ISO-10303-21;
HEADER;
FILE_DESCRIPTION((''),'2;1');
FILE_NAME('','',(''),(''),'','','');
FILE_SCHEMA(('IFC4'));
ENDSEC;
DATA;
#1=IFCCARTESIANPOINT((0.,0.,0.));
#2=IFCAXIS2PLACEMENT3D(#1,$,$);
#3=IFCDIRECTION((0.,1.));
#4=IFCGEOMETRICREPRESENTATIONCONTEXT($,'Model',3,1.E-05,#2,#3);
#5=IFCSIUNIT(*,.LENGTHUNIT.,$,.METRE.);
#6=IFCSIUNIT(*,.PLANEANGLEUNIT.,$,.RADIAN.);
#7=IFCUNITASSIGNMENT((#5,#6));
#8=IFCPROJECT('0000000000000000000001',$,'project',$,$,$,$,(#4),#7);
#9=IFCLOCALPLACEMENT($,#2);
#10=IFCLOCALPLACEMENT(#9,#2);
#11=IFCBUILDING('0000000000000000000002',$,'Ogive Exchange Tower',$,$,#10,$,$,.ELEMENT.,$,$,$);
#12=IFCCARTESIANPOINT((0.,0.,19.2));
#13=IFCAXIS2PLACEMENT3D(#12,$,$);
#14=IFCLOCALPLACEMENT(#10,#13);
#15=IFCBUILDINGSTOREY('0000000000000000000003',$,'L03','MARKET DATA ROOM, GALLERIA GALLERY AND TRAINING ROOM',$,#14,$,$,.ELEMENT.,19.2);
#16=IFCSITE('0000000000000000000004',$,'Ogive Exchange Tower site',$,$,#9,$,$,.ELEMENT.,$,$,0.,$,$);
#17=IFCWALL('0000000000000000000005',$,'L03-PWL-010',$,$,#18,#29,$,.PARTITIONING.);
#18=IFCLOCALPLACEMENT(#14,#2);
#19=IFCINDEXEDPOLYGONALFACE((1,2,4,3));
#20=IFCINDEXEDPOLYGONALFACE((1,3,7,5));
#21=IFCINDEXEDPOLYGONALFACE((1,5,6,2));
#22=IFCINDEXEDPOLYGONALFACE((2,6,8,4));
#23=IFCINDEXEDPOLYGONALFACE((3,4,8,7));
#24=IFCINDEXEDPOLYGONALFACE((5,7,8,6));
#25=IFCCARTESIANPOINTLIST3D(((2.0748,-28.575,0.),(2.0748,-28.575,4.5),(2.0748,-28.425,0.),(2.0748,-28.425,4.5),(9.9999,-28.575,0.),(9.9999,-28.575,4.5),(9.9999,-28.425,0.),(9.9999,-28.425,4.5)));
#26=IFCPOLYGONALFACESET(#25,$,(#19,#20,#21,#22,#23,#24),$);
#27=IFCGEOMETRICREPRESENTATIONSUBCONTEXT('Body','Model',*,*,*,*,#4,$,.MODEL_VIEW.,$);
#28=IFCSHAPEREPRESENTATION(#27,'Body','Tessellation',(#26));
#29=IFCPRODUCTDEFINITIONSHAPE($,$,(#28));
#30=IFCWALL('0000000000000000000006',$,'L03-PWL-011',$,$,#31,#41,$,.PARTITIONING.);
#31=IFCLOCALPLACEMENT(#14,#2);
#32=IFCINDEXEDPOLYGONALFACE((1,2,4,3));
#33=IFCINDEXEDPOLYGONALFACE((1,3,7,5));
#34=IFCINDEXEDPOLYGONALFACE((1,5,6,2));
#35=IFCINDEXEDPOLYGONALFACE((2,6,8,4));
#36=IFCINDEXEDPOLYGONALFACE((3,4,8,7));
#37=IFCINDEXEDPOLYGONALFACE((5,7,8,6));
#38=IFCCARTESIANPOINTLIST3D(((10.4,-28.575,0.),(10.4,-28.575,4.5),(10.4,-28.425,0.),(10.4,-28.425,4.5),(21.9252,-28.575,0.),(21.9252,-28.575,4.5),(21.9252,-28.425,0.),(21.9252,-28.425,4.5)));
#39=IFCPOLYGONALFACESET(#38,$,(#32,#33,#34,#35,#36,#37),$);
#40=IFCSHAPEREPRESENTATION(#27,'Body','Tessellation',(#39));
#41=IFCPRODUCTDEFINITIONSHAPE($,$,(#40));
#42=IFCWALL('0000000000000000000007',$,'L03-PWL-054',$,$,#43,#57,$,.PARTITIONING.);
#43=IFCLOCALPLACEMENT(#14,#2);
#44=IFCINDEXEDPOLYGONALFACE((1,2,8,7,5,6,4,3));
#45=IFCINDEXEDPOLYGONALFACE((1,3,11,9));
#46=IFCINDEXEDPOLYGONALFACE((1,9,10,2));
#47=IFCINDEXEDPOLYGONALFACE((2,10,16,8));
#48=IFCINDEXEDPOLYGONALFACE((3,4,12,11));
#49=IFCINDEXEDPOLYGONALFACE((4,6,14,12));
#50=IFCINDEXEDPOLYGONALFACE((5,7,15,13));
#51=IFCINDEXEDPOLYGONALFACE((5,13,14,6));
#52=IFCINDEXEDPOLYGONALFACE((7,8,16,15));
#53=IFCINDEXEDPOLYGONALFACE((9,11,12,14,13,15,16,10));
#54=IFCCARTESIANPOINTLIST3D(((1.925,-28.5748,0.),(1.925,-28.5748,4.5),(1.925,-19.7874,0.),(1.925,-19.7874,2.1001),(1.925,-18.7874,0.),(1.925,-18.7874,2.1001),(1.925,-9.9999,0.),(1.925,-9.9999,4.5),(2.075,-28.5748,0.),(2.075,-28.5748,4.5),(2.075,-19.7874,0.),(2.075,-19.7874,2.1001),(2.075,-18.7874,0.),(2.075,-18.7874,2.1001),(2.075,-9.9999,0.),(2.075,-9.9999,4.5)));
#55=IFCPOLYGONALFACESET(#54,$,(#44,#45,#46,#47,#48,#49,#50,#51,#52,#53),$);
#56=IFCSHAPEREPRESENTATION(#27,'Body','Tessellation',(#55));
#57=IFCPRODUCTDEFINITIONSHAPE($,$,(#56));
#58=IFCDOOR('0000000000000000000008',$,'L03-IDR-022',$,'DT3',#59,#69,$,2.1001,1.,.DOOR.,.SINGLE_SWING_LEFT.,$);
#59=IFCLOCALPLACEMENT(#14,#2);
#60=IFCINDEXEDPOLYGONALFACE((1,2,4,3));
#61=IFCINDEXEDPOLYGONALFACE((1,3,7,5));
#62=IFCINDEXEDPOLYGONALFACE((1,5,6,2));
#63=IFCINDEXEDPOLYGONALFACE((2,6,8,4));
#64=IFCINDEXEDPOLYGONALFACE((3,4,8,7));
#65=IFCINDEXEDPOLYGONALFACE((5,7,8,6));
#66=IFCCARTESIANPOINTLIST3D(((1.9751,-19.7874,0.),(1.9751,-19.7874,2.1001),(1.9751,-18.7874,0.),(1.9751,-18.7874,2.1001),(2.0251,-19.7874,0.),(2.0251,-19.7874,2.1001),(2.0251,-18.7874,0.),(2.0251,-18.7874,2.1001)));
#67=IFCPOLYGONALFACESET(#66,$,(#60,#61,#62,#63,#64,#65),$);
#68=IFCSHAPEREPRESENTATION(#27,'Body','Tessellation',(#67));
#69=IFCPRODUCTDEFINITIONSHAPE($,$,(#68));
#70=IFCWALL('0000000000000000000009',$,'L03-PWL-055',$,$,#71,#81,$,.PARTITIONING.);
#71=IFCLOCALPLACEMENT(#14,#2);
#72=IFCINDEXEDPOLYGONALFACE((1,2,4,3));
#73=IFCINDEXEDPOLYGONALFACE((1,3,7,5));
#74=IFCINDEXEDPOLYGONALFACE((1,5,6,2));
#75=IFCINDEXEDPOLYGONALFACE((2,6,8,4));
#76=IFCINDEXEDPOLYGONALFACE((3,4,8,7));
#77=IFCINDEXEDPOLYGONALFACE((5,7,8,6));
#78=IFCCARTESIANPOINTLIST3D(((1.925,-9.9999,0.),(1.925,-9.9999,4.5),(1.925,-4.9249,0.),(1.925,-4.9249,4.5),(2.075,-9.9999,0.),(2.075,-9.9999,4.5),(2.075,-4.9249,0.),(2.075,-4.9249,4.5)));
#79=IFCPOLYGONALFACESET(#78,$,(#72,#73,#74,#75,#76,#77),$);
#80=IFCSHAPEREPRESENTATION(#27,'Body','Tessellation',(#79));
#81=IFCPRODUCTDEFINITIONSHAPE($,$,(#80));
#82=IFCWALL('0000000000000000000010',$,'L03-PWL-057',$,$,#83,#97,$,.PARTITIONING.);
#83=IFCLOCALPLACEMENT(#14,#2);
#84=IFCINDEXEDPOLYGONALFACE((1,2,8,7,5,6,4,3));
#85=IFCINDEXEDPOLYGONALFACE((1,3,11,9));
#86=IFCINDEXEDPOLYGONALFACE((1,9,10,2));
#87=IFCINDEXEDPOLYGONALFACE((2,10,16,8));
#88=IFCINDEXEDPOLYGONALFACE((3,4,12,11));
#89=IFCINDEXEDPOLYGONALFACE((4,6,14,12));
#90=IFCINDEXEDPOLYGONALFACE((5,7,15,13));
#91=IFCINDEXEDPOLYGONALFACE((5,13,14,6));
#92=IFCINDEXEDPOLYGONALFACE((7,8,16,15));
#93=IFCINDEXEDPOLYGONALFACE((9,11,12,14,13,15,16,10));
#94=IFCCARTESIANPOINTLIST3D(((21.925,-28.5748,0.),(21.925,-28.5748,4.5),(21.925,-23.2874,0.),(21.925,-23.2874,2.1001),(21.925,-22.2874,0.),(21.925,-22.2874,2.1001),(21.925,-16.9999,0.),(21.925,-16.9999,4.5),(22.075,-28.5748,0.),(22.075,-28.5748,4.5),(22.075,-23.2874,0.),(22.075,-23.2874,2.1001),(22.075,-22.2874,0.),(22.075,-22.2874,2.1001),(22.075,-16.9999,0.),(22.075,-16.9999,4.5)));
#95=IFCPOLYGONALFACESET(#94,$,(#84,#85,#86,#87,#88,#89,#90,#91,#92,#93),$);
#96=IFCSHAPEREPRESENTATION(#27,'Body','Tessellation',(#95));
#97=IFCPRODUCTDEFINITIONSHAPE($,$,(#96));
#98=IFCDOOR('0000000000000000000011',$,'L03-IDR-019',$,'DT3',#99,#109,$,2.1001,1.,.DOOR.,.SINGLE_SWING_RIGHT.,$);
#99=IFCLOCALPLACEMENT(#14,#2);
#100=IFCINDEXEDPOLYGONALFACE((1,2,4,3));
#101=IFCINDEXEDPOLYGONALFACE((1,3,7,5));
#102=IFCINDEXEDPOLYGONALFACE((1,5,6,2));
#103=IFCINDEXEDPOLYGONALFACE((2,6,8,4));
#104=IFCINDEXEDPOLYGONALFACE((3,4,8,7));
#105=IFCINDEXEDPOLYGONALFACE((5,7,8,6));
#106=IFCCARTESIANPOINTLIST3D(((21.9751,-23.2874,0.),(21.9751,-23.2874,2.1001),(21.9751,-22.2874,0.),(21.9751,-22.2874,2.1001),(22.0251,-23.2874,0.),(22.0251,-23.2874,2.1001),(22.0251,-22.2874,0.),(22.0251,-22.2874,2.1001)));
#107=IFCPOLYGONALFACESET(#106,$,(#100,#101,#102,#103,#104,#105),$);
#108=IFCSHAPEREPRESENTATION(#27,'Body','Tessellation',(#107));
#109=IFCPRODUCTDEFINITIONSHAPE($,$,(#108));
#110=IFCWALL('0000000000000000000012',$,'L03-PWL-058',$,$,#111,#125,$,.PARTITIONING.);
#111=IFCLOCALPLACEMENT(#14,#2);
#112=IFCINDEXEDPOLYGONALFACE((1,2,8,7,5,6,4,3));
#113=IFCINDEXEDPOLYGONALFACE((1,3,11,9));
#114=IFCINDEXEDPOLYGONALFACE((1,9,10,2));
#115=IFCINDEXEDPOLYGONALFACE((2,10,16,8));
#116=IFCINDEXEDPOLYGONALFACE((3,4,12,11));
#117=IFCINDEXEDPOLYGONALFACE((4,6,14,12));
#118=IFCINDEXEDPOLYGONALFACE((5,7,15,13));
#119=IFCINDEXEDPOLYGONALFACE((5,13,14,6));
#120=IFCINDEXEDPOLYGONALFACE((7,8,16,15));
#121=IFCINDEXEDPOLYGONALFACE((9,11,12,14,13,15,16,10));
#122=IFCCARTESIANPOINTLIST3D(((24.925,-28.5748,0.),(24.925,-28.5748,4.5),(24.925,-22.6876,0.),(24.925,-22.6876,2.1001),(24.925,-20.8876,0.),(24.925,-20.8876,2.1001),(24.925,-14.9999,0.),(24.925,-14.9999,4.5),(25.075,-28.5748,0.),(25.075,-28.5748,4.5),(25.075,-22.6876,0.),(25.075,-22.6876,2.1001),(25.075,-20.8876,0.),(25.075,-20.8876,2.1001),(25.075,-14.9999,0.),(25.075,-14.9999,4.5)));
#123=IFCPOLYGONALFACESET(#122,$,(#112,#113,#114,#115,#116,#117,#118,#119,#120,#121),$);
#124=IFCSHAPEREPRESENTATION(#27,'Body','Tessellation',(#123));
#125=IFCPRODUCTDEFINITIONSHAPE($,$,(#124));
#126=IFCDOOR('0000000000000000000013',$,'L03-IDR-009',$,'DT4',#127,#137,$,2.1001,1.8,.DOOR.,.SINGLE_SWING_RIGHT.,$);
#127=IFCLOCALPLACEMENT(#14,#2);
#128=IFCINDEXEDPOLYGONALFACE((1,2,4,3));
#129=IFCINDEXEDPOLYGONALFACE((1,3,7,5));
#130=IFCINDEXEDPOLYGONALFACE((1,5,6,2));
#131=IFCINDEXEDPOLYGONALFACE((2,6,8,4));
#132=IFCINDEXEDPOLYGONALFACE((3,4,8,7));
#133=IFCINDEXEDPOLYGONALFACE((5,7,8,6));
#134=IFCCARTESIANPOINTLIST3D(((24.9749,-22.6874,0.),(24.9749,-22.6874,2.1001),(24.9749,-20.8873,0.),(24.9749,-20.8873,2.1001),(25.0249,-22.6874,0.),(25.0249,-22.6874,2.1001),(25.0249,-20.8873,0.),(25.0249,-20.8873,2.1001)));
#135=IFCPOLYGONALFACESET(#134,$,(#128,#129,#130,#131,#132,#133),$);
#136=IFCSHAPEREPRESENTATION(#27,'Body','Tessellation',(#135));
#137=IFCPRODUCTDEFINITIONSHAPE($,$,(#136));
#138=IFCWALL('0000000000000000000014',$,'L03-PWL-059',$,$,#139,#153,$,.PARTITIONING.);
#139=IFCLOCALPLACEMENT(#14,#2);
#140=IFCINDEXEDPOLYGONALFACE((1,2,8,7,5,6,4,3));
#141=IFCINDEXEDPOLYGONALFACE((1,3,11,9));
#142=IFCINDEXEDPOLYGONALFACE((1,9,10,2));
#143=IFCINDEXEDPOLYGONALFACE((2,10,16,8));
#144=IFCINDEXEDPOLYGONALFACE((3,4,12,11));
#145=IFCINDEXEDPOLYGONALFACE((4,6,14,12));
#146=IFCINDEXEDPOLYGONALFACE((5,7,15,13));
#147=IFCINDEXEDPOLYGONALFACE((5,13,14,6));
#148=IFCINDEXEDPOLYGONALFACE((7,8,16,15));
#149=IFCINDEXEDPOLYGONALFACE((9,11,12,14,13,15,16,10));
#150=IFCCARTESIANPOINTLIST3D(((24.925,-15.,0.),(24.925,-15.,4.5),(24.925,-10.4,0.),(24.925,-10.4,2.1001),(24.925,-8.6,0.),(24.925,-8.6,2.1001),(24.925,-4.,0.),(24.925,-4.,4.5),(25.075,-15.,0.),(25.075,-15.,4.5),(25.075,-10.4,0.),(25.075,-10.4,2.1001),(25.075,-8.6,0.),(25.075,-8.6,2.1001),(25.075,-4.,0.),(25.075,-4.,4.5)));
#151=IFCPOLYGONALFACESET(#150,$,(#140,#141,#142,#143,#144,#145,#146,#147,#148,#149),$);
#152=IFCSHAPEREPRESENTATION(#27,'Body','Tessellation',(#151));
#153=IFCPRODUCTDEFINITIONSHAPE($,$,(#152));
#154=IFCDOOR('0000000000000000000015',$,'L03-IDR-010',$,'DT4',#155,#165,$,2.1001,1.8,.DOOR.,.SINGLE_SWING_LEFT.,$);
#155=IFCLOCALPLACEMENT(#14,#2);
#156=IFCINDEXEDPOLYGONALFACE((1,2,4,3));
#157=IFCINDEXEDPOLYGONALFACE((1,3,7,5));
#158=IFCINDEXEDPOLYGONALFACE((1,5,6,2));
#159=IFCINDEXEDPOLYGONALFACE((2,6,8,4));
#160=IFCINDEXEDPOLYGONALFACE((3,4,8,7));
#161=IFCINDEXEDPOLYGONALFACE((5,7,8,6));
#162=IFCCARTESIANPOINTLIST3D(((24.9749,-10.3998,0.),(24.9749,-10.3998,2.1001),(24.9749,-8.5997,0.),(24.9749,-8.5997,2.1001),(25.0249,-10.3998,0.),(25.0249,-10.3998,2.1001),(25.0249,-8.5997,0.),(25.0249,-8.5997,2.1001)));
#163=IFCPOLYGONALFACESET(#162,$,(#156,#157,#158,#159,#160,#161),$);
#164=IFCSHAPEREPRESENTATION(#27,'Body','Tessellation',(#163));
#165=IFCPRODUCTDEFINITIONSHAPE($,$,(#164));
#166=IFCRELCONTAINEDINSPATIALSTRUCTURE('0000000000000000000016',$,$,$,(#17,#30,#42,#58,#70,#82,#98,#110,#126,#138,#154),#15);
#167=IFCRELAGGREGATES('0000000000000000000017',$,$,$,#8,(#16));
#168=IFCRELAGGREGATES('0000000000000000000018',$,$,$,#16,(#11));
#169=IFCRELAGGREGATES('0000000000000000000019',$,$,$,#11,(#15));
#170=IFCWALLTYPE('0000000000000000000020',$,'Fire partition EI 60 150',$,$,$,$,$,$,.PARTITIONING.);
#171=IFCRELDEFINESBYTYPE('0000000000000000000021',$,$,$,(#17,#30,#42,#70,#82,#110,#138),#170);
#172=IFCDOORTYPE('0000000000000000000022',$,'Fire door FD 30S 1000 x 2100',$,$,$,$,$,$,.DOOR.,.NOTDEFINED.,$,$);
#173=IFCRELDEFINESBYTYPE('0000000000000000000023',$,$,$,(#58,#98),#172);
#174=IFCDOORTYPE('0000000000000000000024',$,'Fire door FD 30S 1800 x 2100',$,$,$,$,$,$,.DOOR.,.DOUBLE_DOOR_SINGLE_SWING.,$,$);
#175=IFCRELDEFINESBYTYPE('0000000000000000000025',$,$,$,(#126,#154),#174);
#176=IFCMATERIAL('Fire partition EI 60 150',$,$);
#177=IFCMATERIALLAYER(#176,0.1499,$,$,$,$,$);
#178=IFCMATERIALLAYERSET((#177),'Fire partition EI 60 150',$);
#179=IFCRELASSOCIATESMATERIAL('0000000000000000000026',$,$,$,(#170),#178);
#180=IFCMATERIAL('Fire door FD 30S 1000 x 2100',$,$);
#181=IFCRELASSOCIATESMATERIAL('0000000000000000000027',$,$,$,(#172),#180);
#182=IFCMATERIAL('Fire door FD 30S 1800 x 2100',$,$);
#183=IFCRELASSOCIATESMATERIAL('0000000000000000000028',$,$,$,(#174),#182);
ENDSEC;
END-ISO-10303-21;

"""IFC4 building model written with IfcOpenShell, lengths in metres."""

from ifc_helpers import new_model, si_unit, direction, frame, frame_2d, origin, place, context, subcontext, project, spatial, rectangle, extrude, material, layer, layer_set, type_object, element, fill, save


model = new_model("IFC4")

# Units and contexts
model_context = context("Model", 3, precision=1e-05, world=origin(), true_north=direction((0.0, 1.0)))
body_context = subcontext(model_context, "Body", "Model", "MODEL_VIEW")
ifc_project = project(units=[si_unit("LENGTHUNIT", "METRE"), si_unit("PLANEANGLEUNIT", "RADIAN")], contexts=[model_context])

# Site, building, storey
site_placement = place(None, origin())
site = spatial("IfcSite", under=ifc_project, at=site_placement, Name="Ogive Exchange Tower site", CompositionType="ELEMENT", RefElevation=0.0)
building_placement = place(site_placement, origin())
building = spatial("IfcBuilding", under=site, at=building_placement, Name="Ogive Exchange Tower", CompositionType="ELEMENT")
storey_placement = place(building_placement, frame((0.0, 0.0, 19.2)))
storey = spatial("IfcBuildingStorey", under=building, at=storey_placement, Name="L03", Description="MARKET DATA ROOM, GALLERIA GALLERY AND TRAINING ROOM", CompositionType="ELEMENT", Elevation=19.2)

# Walls
ifc_material_1 = material(Name="Fire partition EI 60 150")
ifc_layer_1 = layer(ifc_material_1, 0.1499)
ifc_layer_set_1 = layer_set([ifc_layer_1], Name="Fire partition EI 60 150")
wall_type_1 = type_object("IfcWallType", Name="Fire partition EI 60 150", PredefinedType="PARTITIONING", material=ifc_layer_set_1)
wall_1_placement = place(storey_placement, frame((2.075, -28.5, 0.0), z_axis=(0.0, 0.0, 1.0), x_axis=(1.0, 0.0, 0.0)))
element("IfcWall", 1, at=wall_1_placement, inside=storey, type_object=wall_type_1, Name="L03-PWL-010", PredefinedType="PARTITIONING", context=body_context, shape_type="SweptSolid", body=[
    extrude(rectangle(XDim=7.925, YDim=0.1499, at=frame_2d((3.9624, 0.0))), origin(), (0.0, 0.0, 1.0), 4.5),
])
wall_2_placement = place(storey_placement, frame((10.3999, -28.5, 0.0), z_axis=(0.0, 0.0, 1.0), x_axis=(1.0, 0.0, 0.0)))
element("IfcWall", 2, at=wall_2_placement, inside=storey, type_object=wall_type_1, Name="L03-PWL-011", PredefinedType="PARTITIONING", context=body_context, shape_type="SweptSolid", body=[
    extrude(rectangle(XDim=11.5251, YDim=0.1499, at=frame_2d((5.7627, 0.0))), origin(), (0.0, 0.0, 1.0), 4.5),
])

# Wall, opening, door
wall_3_placement = place(storey_placement, frame((2.0, -28.575, 0.0), z_axis=(0.0, 0.0, 1.0), x_axis=(0.0, 1.0, 0.0)))
wall_3 = element("IfcWall", 3, at=wall_3_placement, inside=storey, type_object=wall_type_1, Name="L03-PWL-054", PredefinedType="PARTITIONING", context=body_context, shape_type="SweptSolid", body=[
    extrude(rectangle(XDim=18.575, YDim=0.1499, at=frame_2d((9.2876, 0.0))), origin(), (0.0, 0.0, 1.0), 4.5),
])
opening_1_placement = place(wall_3_placement, frame((8.7876, 0.0, 0.0)))
opening_1 = element("IfcOpeningElement", 4, at=opening_1_placement, cuts=wall_3, PredefinedType="OPENING", context=body_context, shape_type="SweptSolid", body=[
    extrude(rectangle(XDim=1.0, YDim=2.1001, at=frame_2d((0.5, 1.05))), frame((0.0, 0.085, 0.0), z_axis=(0.0, -1.0, 0.0), x_axis=(1.0, 0.0, 0.0)), (0.0, 0.0, 1.0), 0.1699),
])
ifc_material_2 = material(Name="Fire door FD 30S 1000 x 2100")
door_type_1 = type_object("IfcDoorType", Name="Fire door FD 30S 1000 x 2100", OperationType="NOTDEFINED", PredefinedType="DOOR", material=ifc_material_2)
door_1_placement = place(opening_1_placement, origin())
door_1 = element("IfcDoor", 5, at=door_1_placement, inside=storey, type_object=door_type_1, Name="L03-IDR-022", ObjectType="DT3", OperationType="SINGLE_SWING_LEFT", OverallHeight=2.1001, OverallWidth=1.0, PredefinedType="DOOR", context=body_context, shape_type="SweptSolid", body=[
    extrude(rectangle(XDim=1.0, YDim=2.1001, at=frame_2d((0.5, 1.05))), frame((0.0, 0.0249, 0.0), z_axis=(0.0, -1.0, 0.0), x_axis=(1.0, 0.0, 0.0)), (0.0, 0.0, 1.0), 0.05),
])
fill(opening_1, door_1)

# Wall
wall_4_placement = place(storey_placement, frame((2.0, -10.0, 0.0), z_axis=(0.0, 0.0, 1.0), x_axis=(0.0, 1.0, 0.0)))
element("IfcWall", 6, at=wall_4_placement, inside=storey, type_object=wall_type_1, Name="L03-PWL-055", PredefinedType="PARTITIONING", context=body_context, shape_type="SweptSolid", body=[
    extrude(rectangle(XDim=5.075, YDim=0.1499, at=frame_2d((2.5376, 0.0))), origin(), (0.0, 0.0, 1.0), 4.5),
])

# Walls, openings, doors
wall_5_placement = place(storey_placement, frame((22.0, -28.575, 0.0), z_axis=(0.0, 0.0, 1.0), x_axis=(0.0, 1.0, 0.0)))
wall_5 = element("IfcWall", 7, at=wall_5_placement, inside=storey, type_object=wall_type_1, Name="L03-PWL-057", PredefinedType="PARTITIONING", context=body_context, shape_type="SweptSolid", body=[
    extrude(rectangle(XDim=11.575, YDim=0.1499, at=frame_2d((5.7876, 0.0))), origin(), (0.0, 0.0, 1.0), 4.5),
])
opening_2_placement = place(wall_5_placement, frame((5.2876, 0.0, 0.0)))
opening_2 = element("IfcOpeningElement", 8, at=opening_2_placement, cuts=wall_5, PredefinedType="OPENING", context=body_context, shape_type="SweptSolid", body=[
    extrude(rectangle(XDim=1.0, YDim=2.1001, at=frame_2d((0.5, 1.05))), frame((0.0, 0.085, 0.0), z_axis=(0.0, -1.0, 0.0), x_axis=(1.0, 0.0, 0.0)), (0.0, 0.0, 1.0), 0.1699),
])
door_2_placement = place(opening_2_placement, origin())
door_2 = element("IfcDoor", 9, at=door_2_placement, inside=storey, type_object=door_type_1, Name="L03-IDR-019", ObjectType="DT3", OperationType="SINGLE_SWING_RIGHT", OverallHeight=2.1001, OverallWidth=1.0, PredefinedType="DOOR", context=body_context, shape_type="SweptSolid", body=[
    extrude(rectangle(XDim=1.0, YDim=2.1001, at=frame_2d((0.5, 1.05))), frame((0.0, 0.0249, 0.0), z_axis=(0.0, -1.0, 0.0), x_axis=(1.0, 0.0, 0.0)), (0.0, 0.0, 1.0), 0.05),
])
fill(opening_2, door_2)
wall_6_placement = place(storey_placement, frame((25.0, -28.575, 0.0), z_axis=(0.0, 0.0, 1.0), x_axis=(0.0, 1.0, 0.0)))
wall_6 = element("IfcWall", 10, at=wall_6_placement, inside=storey, type_object=wall_type_1, Name="L03-PWL-058", PredefinedType="PARTITIONING", context=body_context, shape_type="SweptSolid", body=[
    extrude(rectangle(XDim=13.575, YDim=0.1499, at=frame_2d((6.7876, 0.0))), origin(), (0.0, 0.0, 1.0), 4.5),
])
opening_3_placement = place(wall_6_placement, frame((5.8875, 0.0, 0.0)))
opening_3 = element("IfcOpeningElement", 11, at=opening_3_placement, cuts=wall_6, PredefinedType="OPENING", context=body_context, shape_type="SweptSolid", body=[
    extrude(rectangle(XDim=1.8, YDim=2.1001, at=frame_2d((0.8999, 1.05))), frame((0.0, 0.085, 0.0), z_axis=(0.0, -1.0, 0.0), x_axis=(1.0, 0.0, 0.0)), (0.0, 0.0, 1.0), 0.1699),
])
ifc_material_3 = material(Name="Fire door FD 30S 1800 x 2100")
door_type_2 = type_object("IfcDoorType", Name="Fire door FD 30S 1800 x 2100", OperationType="DOUBLE_DOOR_SINGLE_SWING", PredefinedType="DOOR", material=ifc_material_3)
door_3_placement = place(opening_3_placement, frame((1.8, 0.0, 0.0), z_axis=(0.0, 0.0, 1.0), x_axis=(-1.0, 0.0, 0.0)))
door_3 = element("IfcDoor", 12, at=door_3_placement, inside=storey, type_object=door_type_2, Name="L03-IDR-009", ObjectType="DT4", OperationType="SINGLE_SWING_RIGHT", OverallHeight=2.1001, OverallWidth=1.8, PredefinedType="DOOR", context=body_context, shape_type="SweptSolid", body=[
    extrude(rectangle(XDim=1.8, YDim=2.1001, at=frame_2d((0.8999, 1.05))), frame((0.0, 0.0249, 0.0), z_axis=(0.0, -1.0, 0.0), x_axis=(1.0, 0.0, 0.0)), (0.0, 0.0, 1.0), 0.05),
])
fill(opening_3, door_3)
wall_7_placement = place(storey_placement, frame((25.0, -15.0, 0.0), z_axis=(0.0, 0.0, 1.0), x_axis=(0.0, 1.0, 0.0)))
wall_7 = element("IfcWall", 13, at=wall_7_placement, inside=storey, type_object=wall_type_1, Name="L03-PWL-059", PredefinedType="PARTITIONING", context=body_context, shape_type="SweptSolid", body=[
    extrude(rectangle(XDim=11.0, YDim=0.1499, at=frame_2d((5.5, 0.0))), origin(), (0.0, 0.0, 1.0), 4.5),
])
opening_4_placement = place(wall_7_placement, frame((4.6001, 0.0, 0.0)))
opening_4 = element("IfcOpeningElement", 14, at=opening_4_placement, cuts=wall_7, PredefinedType="OPENING", context=body_context, shape_type="SweptSolid", body=[
    extrude(rectangle(XDim=1.8, YDim=2.1001, at=frame_2d((0.8999, 1.05))), frame((0.0, 0.085, 0.0), z_axis=(0.0, -1.0, 0.0), x_axis=(1.0, 0.0, 0.0)), (0.0, 0.0, 1.0), 0.1699),
])
door_4_placement = place(opening_4_placement, frame((1.8, 0.0, 0.0), z_axis=(0.0, 0.0, 1.0), x_axis=(-1.0, 0.0, 0.0)))
door_4 = element("IfcDoor", 15, at=door_4_placement, inside=storey, type_object=door_type_2, Name="L03-IDR-010", ObjectType="DT4", OperationType="SINGLE_SWING_LEFT", OverallHeight=2.1001, OverallWidth=1.8, PredefinedType="DOOR", context=body_context, shape_type="SweptSolid", body=[
    extrude(rectangle(XDim=1.8, YDim=2.1001, at=frame_2d((0.8999, 1.05))), frame((0.0, 0.0249, 0.0), z_axis=(0.0, -1.0, 0.0), x_axis=(1.0, 0.0, 0.0)), (0.0, 0.0, 1.0), 0.05),
])
fill(opening_4, door_4)

save(model, "model.ifc")
